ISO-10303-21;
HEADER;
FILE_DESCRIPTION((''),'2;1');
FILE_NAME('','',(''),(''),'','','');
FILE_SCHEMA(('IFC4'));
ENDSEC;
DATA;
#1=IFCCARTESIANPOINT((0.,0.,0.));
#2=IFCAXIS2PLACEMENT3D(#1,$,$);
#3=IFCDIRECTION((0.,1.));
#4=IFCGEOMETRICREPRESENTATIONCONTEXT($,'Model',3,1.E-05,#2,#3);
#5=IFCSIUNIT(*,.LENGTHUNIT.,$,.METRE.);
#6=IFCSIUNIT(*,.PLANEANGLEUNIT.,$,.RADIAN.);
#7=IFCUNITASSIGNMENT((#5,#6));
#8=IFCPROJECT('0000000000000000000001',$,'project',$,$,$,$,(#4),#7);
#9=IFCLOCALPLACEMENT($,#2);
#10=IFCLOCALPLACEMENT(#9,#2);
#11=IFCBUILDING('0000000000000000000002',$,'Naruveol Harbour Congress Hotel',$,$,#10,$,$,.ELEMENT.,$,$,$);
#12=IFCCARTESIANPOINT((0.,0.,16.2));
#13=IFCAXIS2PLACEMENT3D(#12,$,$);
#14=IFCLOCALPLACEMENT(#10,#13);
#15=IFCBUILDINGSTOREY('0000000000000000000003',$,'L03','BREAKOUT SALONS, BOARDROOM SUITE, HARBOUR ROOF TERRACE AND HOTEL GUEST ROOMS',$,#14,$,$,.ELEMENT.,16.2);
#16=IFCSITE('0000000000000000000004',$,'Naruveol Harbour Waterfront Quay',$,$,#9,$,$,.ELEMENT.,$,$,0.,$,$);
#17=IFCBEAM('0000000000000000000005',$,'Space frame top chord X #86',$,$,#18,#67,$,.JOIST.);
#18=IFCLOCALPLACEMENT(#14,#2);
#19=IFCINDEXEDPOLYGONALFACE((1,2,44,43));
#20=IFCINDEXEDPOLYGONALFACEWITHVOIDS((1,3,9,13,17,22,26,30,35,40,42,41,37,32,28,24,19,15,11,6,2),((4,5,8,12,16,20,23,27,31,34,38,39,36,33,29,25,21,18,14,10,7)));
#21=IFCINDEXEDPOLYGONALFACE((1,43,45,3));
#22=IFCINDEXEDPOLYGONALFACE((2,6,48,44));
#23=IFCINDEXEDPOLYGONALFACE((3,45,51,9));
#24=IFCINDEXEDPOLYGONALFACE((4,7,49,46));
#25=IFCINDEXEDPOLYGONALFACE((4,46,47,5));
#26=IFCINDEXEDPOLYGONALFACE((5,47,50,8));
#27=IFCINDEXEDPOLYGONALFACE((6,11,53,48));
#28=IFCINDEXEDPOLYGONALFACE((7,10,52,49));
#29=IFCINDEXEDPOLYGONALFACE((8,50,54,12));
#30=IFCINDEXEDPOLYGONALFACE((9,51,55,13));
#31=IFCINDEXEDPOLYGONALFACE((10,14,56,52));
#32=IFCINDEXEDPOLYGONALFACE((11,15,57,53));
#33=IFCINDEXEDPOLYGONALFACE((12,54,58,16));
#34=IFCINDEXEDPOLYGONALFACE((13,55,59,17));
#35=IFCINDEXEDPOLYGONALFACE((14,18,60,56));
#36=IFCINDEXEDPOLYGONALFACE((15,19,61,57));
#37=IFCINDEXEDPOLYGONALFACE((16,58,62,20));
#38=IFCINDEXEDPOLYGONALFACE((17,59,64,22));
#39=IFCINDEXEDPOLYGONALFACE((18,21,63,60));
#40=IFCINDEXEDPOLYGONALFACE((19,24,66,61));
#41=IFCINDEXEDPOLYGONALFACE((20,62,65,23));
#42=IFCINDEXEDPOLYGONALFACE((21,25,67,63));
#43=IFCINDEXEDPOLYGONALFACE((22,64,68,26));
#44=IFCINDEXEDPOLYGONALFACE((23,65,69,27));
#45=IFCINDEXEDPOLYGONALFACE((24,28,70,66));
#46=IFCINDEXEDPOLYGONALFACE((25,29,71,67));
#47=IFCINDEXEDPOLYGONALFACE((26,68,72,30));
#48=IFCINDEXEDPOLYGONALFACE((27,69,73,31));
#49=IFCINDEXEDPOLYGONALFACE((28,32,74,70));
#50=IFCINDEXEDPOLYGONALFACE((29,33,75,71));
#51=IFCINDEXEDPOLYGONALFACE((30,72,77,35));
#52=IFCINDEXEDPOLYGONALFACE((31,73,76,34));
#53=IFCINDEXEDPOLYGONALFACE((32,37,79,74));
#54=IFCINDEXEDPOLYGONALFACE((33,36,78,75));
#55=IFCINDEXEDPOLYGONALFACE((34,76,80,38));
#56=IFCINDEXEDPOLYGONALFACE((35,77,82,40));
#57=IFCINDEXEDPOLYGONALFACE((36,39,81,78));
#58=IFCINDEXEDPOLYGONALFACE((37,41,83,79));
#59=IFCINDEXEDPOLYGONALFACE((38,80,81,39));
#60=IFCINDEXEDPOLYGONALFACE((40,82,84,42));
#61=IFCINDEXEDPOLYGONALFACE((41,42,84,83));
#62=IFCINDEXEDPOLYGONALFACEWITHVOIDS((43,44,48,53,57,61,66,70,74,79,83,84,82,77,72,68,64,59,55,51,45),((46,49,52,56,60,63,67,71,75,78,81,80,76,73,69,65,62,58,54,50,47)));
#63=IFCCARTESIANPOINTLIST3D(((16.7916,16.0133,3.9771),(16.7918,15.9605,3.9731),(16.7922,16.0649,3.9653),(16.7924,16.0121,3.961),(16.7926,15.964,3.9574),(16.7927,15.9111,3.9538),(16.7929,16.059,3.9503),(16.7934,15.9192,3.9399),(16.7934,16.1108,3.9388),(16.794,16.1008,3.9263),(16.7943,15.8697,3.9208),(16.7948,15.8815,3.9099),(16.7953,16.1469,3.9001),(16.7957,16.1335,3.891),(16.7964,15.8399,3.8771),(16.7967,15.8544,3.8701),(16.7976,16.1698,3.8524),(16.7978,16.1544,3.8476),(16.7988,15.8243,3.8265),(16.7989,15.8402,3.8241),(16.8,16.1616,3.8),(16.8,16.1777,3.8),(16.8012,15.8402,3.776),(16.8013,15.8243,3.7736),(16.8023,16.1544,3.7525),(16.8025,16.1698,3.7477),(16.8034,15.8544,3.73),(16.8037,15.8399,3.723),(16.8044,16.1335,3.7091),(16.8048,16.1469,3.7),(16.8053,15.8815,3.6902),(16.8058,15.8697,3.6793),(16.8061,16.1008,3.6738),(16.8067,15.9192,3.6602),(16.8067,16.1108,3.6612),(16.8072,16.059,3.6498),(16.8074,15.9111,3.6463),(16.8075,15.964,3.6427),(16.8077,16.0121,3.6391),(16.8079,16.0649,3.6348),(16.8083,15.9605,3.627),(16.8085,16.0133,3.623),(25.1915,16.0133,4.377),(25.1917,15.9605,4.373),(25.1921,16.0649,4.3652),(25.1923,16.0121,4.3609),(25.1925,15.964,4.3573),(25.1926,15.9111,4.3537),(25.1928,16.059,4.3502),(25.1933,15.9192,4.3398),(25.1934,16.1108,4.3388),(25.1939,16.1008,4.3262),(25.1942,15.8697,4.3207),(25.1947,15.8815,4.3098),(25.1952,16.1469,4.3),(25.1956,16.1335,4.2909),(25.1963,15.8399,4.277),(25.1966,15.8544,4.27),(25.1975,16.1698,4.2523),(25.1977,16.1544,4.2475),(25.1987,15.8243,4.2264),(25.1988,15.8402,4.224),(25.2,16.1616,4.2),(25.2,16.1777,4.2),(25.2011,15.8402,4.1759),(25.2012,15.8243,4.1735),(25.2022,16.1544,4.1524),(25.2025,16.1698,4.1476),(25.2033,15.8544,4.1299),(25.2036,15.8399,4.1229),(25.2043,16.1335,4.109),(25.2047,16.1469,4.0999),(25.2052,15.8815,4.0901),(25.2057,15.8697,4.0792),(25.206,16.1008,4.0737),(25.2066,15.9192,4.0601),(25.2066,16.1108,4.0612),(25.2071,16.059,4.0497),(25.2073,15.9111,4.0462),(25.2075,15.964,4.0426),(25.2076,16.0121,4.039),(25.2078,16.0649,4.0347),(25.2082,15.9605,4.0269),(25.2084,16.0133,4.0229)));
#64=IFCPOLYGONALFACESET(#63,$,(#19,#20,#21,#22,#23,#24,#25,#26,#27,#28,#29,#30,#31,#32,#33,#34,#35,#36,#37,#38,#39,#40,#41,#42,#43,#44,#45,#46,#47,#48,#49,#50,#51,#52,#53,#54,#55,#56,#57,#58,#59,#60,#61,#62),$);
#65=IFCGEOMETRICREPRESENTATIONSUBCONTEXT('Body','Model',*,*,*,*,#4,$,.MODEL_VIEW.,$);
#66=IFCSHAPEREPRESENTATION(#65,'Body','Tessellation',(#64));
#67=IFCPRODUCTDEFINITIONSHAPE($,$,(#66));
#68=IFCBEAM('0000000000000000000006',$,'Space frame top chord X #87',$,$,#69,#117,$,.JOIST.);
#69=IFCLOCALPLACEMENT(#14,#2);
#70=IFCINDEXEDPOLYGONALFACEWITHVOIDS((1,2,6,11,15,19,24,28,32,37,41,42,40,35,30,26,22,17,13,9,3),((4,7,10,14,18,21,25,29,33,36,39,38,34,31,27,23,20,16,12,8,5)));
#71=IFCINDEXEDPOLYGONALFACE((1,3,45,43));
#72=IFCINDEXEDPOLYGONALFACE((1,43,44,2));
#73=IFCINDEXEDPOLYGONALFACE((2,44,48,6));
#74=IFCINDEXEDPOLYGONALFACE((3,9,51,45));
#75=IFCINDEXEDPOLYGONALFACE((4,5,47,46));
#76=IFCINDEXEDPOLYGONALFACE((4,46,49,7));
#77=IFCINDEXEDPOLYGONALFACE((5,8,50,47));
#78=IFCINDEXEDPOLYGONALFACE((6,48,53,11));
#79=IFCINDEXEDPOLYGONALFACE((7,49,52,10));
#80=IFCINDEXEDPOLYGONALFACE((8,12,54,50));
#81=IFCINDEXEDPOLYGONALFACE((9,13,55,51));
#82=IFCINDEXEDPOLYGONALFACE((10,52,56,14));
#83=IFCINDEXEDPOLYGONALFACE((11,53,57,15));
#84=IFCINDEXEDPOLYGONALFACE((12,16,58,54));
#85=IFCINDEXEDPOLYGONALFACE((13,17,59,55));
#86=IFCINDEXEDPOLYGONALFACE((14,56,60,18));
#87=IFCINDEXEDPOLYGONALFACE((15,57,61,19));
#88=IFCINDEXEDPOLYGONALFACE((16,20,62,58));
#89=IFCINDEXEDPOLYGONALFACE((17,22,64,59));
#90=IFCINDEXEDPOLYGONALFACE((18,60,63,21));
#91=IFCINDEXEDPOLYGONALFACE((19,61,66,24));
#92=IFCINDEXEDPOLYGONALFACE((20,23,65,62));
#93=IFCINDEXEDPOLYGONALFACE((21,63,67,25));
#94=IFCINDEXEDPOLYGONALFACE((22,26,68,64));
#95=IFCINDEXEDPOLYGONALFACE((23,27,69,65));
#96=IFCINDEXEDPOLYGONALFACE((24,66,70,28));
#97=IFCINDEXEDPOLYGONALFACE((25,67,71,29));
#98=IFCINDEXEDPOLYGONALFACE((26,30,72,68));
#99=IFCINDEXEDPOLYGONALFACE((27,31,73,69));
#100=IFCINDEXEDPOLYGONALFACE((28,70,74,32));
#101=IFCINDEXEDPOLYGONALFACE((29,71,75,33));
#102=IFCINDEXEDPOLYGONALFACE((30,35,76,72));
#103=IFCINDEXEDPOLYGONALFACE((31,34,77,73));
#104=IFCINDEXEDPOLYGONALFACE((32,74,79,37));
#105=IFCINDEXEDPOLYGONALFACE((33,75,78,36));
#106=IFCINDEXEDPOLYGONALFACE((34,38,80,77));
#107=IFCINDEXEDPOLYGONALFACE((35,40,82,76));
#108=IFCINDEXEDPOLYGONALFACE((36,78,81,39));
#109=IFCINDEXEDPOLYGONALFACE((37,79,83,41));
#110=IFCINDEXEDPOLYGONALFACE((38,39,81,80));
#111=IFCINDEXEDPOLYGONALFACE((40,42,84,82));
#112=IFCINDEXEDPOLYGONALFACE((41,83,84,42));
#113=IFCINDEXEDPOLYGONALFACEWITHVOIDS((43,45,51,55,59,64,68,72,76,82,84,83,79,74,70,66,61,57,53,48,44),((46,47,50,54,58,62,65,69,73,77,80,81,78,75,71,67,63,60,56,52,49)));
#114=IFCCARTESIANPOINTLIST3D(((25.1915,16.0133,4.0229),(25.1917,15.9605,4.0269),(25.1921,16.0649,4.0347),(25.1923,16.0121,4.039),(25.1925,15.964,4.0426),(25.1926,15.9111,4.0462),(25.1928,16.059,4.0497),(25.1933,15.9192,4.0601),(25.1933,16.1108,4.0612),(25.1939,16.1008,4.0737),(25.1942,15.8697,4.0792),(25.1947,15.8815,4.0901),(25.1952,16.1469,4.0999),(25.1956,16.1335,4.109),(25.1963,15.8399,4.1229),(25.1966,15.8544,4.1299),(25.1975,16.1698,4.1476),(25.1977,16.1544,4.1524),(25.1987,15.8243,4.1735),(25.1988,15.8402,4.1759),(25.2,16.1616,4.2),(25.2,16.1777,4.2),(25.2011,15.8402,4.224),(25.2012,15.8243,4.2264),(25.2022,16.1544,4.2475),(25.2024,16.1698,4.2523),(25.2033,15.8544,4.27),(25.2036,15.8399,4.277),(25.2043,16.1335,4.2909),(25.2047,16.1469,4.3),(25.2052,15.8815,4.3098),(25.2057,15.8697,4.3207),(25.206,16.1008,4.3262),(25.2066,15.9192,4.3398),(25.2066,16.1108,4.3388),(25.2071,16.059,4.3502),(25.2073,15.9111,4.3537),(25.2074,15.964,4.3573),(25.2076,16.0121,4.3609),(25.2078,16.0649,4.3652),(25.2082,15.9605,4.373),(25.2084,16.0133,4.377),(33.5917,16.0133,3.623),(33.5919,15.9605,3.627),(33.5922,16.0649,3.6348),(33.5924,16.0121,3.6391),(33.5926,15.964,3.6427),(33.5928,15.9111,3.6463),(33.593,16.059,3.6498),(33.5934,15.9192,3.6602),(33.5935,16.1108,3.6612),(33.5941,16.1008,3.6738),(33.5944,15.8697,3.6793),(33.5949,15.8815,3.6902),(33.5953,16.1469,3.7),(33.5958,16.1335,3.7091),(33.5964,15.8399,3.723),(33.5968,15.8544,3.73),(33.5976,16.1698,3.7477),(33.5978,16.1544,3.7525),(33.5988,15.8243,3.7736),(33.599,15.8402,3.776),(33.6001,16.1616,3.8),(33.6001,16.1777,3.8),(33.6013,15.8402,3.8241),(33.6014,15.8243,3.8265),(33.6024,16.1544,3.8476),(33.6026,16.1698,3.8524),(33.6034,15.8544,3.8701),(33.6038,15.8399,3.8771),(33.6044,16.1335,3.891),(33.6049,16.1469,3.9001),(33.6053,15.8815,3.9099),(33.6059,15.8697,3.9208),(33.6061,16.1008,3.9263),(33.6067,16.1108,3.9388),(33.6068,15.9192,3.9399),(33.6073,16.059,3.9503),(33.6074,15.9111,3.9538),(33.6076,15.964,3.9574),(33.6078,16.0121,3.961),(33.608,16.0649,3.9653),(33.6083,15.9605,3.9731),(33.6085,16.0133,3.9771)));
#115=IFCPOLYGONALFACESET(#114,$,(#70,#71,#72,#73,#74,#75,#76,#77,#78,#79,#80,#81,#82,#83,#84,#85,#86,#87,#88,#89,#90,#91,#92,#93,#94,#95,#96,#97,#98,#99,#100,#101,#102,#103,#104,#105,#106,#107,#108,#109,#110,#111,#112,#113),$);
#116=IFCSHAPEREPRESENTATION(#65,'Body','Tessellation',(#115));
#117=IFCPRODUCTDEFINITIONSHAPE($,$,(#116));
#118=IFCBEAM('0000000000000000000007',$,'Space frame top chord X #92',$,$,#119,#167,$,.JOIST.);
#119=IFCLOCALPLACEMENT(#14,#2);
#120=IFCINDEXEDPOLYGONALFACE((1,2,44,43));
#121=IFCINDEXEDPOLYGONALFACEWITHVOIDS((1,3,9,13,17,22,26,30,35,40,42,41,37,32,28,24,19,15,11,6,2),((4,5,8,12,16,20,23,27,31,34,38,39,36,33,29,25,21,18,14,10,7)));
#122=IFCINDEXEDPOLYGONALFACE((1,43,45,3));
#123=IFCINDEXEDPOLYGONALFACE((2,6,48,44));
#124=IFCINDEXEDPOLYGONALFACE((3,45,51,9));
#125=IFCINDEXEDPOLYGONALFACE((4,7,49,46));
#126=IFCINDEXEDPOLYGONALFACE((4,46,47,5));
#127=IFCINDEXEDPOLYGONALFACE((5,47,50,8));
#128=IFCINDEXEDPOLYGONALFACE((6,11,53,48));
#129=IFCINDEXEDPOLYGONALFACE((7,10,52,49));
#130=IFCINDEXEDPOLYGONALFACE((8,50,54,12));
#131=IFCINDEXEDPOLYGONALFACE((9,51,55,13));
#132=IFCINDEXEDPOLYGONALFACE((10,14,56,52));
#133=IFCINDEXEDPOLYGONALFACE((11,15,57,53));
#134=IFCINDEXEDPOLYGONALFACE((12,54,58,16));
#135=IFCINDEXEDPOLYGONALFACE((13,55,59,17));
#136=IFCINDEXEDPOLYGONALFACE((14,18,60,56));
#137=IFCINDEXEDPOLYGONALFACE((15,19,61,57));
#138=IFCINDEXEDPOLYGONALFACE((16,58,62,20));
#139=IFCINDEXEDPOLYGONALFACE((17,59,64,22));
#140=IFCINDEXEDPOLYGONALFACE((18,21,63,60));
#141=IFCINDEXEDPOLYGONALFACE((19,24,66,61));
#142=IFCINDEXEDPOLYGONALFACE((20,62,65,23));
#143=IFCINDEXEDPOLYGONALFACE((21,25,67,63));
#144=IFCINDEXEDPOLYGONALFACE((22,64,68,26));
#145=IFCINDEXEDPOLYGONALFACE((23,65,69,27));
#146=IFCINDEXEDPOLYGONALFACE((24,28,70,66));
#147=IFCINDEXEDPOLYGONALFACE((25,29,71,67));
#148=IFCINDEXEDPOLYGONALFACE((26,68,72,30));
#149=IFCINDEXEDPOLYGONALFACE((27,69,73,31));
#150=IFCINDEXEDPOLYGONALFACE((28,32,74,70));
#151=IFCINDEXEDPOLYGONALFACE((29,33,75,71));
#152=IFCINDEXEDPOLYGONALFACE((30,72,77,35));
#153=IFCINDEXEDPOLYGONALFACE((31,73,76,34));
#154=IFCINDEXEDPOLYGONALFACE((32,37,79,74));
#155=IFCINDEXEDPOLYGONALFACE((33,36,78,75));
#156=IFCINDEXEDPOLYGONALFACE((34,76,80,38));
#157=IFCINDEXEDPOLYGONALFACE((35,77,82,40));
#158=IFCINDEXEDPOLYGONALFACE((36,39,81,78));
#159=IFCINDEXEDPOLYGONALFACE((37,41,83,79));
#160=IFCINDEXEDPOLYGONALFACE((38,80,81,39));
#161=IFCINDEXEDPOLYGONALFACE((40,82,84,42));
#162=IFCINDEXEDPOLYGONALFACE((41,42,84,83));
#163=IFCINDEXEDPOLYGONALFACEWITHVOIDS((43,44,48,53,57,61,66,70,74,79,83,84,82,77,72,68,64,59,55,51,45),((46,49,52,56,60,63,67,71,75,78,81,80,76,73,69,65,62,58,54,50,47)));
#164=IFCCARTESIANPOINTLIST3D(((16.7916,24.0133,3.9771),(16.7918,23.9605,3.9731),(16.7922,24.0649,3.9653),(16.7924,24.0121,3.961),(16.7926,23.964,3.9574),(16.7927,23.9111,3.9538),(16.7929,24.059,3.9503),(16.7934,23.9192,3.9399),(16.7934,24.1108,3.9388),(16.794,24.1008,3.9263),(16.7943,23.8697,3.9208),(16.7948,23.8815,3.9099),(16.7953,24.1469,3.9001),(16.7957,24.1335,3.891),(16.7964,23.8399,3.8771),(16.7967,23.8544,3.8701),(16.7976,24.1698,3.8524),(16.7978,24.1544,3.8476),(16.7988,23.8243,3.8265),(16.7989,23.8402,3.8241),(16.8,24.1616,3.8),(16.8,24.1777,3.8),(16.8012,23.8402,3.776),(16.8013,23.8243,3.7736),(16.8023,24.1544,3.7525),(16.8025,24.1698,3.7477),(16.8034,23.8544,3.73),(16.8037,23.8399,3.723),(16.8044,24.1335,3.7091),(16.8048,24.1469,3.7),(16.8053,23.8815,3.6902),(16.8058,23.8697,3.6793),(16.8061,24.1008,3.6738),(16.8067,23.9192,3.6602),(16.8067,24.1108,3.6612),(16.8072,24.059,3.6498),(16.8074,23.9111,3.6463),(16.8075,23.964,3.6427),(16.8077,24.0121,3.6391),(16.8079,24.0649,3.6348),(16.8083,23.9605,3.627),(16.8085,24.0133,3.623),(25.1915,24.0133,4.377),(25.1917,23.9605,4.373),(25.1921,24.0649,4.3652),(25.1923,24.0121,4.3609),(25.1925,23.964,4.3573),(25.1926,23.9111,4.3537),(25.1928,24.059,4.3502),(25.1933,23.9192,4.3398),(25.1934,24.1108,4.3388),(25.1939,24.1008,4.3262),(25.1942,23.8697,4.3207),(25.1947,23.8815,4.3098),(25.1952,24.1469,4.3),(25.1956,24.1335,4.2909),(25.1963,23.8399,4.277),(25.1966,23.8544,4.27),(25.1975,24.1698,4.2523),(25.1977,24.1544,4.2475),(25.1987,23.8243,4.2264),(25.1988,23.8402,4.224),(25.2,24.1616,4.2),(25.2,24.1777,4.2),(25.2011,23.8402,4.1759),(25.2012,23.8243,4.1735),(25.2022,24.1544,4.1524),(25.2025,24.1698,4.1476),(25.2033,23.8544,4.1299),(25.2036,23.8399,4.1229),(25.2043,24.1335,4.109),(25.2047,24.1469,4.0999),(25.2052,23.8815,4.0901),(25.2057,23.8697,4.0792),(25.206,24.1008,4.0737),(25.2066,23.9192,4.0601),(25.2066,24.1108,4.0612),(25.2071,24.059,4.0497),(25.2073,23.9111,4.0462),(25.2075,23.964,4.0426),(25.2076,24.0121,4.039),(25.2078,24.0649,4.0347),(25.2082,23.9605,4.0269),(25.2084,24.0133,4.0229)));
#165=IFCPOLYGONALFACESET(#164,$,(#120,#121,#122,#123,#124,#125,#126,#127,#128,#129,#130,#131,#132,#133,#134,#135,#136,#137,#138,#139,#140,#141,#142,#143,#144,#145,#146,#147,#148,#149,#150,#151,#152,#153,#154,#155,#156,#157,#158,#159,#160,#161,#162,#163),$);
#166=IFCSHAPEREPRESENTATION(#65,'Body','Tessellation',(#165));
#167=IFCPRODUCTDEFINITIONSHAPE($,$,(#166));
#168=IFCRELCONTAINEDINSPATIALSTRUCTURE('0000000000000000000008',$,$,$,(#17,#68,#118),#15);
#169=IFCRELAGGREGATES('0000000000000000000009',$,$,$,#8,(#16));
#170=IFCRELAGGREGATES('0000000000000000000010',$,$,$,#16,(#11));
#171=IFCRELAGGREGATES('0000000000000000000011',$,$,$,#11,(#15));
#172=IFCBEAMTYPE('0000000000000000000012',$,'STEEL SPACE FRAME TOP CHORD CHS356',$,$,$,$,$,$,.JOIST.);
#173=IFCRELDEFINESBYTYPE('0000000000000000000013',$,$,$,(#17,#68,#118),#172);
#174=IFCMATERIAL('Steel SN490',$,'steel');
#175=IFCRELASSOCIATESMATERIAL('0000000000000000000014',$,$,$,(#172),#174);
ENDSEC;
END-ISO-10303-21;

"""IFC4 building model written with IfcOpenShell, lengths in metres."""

from ifc_helpers import new_model, si_unit, direction, frame, origin, origin_2d, place, context, subcontext, project, spatial, hollow_circle, extrude, material, material_profile, profile_set, type_object, element, save


model = new_model("IFC4")

# Units and contexts
model_context = context("Model", 3, precision=1e-05, world=origin(), true_north=direction((0.0, 1.0)))
body_context = subcontext(model_context, "Body", "Model", "MODEL_VIEW")
ifc_project = project(units=[si_unit("LENGTHUNIT", "METRE"), si_unit("PLANEANGLEUNIT", "RADIAN")], contexts=[model_context])

# Site, building, storey
site_placement = place(None, origin())
site = spatial("IfcSite", under=ifc_project, at=site_placement, Name="Naruveol Harbour Waterfront Quay", CompositionType="ELEMENT", RefElevation=0.0)
building_placement = place(site_placement, origin())
building = spatial("IfcBuilding", under=site, at=building_placement, Name="Naruveol Harbour Congress Hotel", CompositionType="ELEMENT")
storey_placement = place(building_placement, frame((0.0, 0.0, 16.2)))
storey = spatial("IfcBuildingStorey", under=building, at=storey_placement, Name="L03", Description="BREAKOUT SALONS, BOARDROOM SUITE, HARBOUR ROOF TERRACE AND HOTEL GUEST ROOMS", CompositionType="ELEMENT", Elevation=16.2)

# Beams
ifc_material_1 = material(Name="Steel SN490", Category="steel")
ifc_material_profile_1 = material_profile(ifc_material_1, hollow_circle(Radius=0.1777, WallThickness=0.0161, at=origin_2d()), Name="CHS-355.6x16")
ifc_profile_set_1 = profile_set([ifc_material_profile_1], Name="Steel SN490")
beam_type_1 = type_object("IfcBeamType", Name="STEEL SPACE FRAME TOP CHORD CHS356", PredefinedType="JOIST", material=ifc_profile_set_1)
beam_1_placement = place(storey_placement, frame((16.8, 16.0, 3.8), z_axis=(0.998869, 0.0, 0.047554), x_axis=(0.0, 1.0, 0.0)))
element("IfcBeam", 1, at=beam_1_placement, inside=storey, type_object=beam_type_1, Name="Space frame top chord X #86", PredefinedType="JOIST", context=body_context, shape_type="SweptSolid", body=[
    extrude(hollow_circle(Radius=0.1777, WallThickness=0.0161, at=origin_2d()), origin(), (0.0, 0.0, 1.0), 8.4094),
])
beam_2_placement = place(storey_placement, frame((25.2, 16.0, 4.2), z_axis=(0.998869, 0.0, -0.047553), x_axis=(0.0, 1.0, 0.0)))
element("IfcBeam", 2, at=beam_2_placement, inside=storey, type_object=beam_type_1, Name="Space frame top chord X #87", PredefinedType="JOIST", context=body_context, shape_type="SweptSolid", body=[
    extrude(hollow_circle(Radius=0.1777, WallThickness=0.0161, at=origin_2d()), origin(), (0.0, 0.0, 1.0), 8.4097),
])
beam_3_placement = place(storey_placement, frame((16.8, 24.0, 3.8), z_axis=(0.998869, 0.0, 0.047554), x_axis=(0.0, 1.0, 0.0)))
element("IfcBeam", 3, at=beam_3_placement, inside=storey, type_object=beam_type_1, Name="Space frame top chord X #92", PredefinedType="JOIST", context=body_context, shape_type="SweptSolid", body=[
    extrude(hollow_circle(Radius=0.1777, WallThickness=0.0161, at=origin_2d()), origin(), (0.0, 0.0, 1.0), 8.4094),
])

save(model, "model.ifc")
